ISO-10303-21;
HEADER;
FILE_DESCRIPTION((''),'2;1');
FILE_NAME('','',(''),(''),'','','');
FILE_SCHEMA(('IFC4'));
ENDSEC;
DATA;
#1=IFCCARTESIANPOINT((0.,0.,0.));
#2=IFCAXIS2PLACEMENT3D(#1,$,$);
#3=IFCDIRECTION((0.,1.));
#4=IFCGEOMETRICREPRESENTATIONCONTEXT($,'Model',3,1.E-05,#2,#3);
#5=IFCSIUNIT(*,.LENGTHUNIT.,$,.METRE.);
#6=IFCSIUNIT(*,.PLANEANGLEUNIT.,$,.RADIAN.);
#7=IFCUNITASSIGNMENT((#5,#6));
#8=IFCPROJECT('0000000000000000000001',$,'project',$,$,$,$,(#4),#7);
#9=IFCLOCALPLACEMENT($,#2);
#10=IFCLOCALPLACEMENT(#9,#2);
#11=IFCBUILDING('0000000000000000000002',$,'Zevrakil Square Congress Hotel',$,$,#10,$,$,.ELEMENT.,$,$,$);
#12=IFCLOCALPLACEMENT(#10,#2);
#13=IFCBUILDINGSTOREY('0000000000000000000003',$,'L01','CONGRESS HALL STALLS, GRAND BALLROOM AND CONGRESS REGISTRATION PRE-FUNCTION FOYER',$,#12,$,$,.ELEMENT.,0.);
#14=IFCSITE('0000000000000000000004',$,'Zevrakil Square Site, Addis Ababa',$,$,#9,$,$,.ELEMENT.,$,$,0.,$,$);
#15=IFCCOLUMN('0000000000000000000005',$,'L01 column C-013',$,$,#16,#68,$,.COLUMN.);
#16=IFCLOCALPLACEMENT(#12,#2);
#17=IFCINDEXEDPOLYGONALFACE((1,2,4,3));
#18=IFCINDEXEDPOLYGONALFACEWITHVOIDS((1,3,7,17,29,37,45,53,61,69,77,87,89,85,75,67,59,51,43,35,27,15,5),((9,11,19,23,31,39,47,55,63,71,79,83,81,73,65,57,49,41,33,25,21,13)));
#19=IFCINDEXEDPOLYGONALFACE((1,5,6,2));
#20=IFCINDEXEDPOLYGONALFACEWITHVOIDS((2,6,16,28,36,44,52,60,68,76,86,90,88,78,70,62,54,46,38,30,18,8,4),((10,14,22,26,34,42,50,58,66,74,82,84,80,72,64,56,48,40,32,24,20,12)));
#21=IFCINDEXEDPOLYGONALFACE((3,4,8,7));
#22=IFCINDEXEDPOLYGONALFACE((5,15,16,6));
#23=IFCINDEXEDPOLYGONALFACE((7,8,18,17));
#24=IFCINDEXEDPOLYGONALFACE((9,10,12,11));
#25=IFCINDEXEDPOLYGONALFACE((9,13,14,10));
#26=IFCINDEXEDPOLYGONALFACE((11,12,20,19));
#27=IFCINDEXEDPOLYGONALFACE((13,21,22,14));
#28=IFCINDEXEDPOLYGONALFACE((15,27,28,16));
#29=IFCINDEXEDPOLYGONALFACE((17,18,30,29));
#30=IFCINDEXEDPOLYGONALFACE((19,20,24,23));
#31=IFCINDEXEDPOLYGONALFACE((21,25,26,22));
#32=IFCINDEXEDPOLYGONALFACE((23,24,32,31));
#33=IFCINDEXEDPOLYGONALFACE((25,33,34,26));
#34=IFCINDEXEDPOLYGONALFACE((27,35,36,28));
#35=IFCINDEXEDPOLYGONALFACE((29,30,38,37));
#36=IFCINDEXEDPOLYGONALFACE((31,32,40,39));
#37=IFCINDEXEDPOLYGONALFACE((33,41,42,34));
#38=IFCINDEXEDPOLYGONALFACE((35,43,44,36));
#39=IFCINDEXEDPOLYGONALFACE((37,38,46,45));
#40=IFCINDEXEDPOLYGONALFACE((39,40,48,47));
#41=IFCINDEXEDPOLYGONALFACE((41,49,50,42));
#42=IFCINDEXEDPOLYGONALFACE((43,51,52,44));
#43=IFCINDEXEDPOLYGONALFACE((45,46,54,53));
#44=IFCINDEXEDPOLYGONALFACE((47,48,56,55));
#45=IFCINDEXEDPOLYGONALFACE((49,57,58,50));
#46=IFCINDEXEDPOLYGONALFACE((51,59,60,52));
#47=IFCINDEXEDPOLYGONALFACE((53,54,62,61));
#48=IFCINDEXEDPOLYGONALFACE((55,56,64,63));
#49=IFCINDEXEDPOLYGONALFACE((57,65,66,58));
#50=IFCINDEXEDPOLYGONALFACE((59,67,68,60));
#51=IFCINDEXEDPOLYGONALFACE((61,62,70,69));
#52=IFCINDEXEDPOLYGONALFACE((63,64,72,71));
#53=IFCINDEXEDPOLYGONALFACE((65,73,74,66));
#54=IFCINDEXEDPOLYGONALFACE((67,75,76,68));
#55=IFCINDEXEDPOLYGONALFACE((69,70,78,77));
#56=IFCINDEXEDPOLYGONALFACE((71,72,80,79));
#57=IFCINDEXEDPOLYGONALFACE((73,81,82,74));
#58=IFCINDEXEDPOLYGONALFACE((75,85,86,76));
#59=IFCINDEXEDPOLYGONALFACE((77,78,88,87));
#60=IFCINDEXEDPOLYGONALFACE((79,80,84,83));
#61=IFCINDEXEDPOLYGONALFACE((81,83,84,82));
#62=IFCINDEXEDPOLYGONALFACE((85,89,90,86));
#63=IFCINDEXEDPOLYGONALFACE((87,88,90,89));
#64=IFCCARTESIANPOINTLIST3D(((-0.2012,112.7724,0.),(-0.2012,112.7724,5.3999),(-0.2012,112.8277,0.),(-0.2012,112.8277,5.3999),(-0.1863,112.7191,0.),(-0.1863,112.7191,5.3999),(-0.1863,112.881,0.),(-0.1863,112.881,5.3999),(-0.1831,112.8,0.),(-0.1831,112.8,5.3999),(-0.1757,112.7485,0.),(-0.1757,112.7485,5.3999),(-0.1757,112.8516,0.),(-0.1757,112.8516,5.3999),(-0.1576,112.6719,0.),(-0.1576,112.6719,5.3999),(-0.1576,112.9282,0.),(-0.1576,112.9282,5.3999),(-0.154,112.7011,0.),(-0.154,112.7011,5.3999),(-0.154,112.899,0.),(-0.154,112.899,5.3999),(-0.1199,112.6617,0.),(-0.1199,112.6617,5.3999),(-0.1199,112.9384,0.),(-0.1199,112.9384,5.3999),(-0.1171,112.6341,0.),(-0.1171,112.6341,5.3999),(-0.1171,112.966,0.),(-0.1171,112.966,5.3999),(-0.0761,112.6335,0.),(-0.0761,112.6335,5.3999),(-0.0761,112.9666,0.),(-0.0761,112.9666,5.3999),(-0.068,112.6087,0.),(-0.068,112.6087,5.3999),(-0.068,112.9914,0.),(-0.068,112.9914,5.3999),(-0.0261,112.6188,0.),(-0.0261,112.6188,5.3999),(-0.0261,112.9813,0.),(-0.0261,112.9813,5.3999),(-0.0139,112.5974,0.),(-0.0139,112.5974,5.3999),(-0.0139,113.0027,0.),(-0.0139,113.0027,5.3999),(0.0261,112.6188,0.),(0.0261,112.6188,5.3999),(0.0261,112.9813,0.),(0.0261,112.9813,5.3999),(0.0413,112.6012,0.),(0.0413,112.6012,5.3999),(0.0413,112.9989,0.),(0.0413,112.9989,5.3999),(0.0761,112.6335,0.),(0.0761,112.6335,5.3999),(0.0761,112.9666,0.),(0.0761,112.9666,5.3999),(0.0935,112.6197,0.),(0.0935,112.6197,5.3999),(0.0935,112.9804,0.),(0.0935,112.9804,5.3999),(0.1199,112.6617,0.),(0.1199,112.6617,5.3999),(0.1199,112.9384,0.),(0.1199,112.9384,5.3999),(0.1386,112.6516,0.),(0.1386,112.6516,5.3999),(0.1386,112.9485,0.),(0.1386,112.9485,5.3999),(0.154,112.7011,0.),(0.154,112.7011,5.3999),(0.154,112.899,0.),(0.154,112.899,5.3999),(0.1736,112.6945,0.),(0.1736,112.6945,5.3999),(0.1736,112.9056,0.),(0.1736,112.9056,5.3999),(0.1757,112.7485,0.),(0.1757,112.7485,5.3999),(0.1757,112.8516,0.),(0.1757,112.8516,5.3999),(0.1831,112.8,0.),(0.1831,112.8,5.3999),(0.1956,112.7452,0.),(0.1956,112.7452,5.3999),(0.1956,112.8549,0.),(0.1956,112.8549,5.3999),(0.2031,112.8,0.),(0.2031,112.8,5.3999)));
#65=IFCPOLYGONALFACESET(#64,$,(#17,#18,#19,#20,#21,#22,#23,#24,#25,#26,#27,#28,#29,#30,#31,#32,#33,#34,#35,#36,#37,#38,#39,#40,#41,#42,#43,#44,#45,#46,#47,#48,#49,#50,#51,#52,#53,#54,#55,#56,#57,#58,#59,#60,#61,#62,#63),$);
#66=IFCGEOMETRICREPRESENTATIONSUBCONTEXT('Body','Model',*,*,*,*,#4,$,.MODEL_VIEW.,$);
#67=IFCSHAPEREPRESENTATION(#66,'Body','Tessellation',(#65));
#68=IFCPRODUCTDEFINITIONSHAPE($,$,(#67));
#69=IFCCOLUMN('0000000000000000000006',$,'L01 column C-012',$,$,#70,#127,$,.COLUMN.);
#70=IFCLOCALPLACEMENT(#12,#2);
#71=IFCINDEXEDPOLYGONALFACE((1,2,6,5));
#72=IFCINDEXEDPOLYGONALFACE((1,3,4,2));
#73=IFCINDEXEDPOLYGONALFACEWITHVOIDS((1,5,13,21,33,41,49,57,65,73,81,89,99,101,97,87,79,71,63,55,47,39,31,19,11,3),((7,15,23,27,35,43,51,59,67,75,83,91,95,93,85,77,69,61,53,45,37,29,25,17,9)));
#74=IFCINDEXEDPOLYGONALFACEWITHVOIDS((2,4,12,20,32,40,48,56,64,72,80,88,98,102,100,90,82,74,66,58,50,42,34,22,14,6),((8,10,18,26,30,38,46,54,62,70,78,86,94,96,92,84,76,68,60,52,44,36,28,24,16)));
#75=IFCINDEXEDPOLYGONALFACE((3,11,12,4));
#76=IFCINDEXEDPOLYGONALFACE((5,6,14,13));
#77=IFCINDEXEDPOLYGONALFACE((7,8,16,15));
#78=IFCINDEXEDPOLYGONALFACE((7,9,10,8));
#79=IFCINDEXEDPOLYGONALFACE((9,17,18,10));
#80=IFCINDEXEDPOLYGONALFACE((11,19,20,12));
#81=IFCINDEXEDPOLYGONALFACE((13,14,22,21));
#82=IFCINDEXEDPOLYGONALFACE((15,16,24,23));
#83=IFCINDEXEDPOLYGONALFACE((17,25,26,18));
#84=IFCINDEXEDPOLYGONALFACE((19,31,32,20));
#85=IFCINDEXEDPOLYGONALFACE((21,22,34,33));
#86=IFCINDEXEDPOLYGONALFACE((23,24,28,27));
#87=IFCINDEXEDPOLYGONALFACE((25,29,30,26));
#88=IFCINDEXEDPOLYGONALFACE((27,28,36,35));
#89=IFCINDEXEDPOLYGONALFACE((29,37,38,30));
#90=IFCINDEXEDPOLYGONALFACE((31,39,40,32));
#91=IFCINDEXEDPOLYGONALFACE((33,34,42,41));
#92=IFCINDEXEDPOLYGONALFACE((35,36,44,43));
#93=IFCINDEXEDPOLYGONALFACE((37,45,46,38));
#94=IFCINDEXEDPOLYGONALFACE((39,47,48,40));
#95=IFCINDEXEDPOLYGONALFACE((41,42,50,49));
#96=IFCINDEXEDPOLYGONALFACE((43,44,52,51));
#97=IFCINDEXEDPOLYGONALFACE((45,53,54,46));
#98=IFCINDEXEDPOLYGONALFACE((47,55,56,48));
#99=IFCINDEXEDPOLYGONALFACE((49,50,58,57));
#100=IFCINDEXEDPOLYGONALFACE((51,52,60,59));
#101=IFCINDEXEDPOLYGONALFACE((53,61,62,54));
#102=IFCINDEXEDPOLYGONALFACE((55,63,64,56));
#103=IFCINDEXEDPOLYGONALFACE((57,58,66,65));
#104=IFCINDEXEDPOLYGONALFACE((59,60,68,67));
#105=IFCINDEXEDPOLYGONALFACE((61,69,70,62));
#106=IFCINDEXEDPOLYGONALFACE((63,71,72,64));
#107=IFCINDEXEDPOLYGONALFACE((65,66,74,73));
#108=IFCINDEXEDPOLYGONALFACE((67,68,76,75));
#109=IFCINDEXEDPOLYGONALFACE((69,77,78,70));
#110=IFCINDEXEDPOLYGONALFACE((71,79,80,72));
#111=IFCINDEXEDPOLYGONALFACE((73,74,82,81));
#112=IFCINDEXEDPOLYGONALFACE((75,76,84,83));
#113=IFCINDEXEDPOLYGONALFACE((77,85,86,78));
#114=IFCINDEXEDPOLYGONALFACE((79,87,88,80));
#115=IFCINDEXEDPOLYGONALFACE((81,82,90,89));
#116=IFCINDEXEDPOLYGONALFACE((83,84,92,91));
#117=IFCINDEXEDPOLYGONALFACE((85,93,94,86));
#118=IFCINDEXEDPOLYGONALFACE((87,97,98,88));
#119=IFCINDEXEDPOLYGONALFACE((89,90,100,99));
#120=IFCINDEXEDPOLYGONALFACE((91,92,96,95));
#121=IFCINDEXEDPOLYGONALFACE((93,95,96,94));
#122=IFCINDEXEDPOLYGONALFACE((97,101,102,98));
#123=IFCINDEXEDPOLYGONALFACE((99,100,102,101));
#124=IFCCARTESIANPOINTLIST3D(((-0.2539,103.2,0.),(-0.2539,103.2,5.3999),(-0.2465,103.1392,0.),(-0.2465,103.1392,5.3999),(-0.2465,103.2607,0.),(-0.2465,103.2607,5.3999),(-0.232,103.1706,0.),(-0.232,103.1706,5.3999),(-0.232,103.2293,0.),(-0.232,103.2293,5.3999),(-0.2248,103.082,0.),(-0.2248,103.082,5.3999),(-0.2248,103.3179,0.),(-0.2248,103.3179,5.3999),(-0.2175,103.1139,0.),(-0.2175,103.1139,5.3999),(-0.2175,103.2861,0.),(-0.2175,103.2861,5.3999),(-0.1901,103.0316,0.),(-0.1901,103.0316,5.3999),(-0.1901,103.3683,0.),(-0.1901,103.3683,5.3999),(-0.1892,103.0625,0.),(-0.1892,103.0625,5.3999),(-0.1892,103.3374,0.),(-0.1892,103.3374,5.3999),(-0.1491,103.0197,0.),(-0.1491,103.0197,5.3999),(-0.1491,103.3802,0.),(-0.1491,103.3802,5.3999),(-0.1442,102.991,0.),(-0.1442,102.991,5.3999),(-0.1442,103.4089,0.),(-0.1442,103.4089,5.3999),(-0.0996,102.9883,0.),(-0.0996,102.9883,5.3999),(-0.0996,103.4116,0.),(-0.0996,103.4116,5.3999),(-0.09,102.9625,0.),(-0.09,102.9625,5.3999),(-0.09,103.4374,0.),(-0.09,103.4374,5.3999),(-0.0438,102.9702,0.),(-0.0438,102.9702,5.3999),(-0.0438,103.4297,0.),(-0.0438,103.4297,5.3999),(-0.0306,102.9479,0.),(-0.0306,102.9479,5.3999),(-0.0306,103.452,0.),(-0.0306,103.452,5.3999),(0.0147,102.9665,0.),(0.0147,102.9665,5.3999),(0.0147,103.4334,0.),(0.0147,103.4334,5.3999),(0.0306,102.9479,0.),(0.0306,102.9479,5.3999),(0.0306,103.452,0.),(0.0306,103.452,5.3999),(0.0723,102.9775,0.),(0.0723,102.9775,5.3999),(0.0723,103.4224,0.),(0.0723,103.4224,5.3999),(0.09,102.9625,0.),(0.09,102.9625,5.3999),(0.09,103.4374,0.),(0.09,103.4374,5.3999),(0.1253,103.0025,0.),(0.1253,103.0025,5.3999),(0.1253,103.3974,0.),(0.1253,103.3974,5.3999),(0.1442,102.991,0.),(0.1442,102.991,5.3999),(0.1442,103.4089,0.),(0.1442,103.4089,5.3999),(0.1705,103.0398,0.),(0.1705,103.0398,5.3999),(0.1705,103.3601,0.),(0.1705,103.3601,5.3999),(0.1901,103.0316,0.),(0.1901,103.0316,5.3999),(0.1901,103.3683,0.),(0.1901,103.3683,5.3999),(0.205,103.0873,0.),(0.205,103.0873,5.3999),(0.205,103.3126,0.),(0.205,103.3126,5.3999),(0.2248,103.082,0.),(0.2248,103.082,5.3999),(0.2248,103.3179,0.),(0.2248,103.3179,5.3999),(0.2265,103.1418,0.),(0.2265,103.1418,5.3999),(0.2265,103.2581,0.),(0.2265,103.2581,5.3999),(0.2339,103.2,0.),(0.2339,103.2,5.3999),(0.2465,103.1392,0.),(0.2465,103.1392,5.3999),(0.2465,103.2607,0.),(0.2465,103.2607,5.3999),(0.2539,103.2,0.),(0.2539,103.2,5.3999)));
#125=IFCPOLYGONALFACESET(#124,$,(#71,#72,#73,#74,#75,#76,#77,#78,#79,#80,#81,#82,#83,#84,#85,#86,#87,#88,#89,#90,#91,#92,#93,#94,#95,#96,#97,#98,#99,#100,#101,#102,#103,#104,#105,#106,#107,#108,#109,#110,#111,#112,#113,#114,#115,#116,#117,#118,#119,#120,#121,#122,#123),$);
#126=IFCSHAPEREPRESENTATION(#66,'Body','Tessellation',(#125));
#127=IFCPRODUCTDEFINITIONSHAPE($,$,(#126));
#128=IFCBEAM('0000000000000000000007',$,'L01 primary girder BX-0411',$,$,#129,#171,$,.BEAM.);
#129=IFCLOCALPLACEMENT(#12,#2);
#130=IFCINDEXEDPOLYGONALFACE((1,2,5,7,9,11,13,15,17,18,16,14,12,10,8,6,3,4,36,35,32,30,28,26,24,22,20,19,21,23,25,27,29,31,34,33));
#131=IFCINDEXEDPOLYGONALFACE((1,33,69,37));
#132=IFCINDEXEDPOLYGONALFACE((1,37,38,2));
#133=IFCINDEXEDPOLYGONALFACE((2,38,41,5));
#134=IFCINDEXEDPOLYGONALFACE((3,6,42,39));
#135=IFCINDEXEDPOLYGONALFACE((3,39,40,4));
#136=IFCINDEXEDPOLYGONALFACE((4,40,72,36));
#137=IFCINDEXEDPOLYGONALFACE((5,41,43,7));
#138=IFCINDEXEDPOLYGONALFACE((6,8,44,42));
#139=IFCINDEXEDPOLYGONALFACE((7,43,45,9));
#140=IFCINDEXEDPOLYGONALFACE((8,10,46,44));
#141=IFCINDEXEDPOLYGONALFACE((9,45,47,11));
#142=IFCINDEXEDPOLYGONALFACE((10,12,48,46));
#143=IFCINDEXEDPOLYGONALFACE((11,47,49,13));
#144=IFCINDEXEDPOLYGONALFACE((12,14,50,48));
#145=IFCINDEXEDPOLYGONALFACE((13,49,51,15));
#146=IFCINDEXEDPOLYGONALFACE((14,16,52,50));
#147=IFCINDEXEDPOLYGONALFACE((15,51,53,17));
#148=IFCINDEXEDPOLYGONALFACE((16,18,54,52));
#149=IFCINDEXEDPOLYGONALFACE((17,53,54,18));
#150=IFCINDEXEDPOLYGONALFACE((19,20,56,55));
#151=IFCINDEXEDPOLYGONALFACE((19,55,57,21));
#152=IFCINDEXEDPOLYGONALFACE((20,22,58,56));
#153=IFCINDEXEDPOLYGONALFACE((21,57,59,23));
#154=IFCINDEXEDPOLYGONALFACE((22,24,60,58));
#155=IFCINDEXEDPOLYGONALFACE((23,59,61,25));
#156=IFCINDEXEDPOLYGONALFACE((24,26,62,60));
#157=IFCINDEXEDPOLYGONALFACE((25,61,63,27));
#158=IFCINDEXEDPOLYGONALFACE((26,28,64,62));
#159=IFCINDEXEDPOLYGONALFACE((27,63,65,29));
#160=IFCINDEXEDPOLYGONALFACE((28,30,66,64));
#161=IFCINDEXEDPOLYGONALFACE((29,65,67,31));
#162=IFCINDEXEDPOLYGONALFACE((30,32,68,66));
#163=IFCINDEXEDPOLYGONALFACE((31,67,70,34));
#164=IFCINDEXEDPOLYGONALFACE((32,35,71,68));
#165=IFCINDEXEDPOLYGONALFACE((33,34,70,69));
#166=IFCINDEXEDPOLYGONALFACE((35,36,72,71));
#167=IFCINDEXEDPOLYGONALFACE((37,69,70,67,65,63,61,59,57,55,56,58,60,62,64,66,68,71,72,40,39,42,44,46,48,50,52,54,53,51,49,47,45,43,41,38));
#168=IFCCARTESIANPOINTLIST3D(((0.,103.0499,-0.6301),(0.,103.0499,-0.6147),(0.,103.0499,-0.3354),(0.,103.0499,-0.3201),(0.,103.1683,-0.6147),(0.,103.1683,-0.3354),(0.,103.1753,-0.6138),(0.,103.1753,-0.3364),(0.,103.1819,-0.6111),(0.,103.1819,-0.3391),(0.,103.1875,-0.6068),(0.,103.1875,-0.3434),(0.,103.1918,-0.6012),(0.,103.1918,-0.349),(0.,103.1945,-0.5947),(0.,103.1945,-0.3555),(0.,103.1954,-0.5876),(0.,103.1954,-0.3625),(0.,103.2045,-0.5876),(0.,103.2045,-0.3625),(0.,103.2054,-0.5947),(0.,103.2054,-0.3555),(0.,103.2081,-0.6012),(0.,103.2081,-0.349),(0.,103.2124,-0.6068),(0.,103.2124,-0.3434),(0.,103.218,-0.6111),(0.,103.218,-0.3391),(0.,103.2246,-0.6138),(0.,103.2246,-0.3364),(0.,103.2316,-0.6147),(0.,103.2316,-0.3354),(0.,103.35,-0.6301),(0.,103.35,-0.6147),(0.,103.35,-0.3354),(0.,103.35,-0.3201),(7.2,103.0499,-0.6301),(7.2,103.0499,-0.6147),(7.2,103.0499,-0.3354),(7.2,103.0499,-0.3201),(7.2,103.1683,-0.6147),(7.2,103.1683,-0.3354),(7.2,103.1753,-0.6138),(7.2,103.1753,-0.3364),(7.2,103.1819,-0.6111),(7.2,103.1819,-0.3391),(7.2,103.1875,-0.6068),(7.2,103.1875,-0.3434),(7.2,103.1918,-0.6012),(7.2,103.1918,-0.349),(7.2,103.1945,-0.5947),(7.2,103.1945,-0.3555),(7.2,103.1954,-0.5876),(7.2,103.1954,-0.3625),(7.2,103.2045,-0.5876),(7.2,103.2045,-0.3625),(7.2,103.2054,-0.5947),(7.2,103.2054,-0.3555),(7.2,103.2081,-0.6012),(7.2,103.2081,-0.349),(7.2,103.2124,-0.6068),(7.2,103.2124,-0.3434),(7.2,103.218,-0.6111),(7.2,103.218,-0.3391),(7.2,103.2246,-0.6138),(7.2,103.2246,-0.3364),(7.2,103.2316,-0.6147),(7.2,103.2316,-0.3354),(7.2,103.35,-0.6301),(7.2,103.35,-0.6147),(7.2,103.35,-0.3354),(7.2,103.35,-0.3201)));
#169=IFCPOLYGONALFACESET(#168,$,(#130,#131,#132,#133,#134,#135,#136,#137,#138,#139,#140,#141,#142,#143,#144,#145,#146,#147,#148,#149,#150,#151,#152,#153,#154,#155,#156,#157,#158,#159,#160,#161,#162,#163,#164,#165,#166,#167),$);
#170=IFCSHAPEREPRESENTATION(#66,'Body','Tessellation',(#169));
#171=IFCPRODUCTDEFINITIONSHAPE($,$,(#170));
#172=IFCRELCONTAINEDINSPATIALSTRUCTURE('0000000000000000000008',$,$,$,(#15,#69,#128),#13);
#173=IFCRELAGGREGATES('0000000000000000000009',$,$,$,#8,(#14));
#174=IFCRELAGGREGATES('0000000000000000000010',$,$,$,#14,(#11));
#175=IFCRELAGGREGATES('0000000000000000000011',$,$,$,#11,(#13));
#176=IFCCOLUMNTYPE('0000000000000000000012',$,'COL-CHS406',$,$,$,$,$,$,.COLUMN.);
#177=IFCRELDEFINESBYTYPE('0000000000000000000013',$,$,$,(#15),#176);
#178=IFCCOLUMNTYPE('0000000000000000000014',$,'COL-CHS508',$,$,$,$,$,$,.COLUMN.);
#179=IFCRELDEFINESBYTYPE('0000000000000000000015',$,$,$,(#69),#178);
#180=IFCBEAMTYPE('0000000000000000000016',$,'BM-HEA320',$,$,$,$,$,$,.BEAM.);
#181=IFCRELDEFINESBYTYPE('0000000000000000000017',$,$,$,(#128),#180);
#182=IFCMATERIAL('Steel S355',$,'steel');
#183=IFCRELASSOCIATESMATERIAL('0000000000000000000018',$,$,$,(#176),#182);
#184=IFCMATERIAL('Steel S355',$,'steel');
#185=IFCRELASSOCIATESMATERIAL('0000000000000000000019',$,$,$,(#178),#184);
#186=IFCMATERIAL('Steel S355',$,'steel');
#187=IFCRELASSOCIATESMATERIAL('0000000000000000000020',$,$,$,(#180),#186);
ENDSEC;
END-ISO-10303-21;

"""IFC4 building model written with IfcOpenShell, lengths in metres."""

from ifc_helpers import new_model, si_unit, direction, frame, origin, origin_2d, place, context, subcontext, project, spatial, hollow_circle, i_section, extrude, material, material_profile, profile_set, type_object, element, save


model = new_model("IFC4")

# Units and contexts
model_context = context("Model", 3, precision=1e-05, world=origin(), true_north=direction((0.0, 1.0)))
body_context = subcontext(model_context, "Body", "Model", "MODEL_VIEW")
ifc_project = project(units=[si_unit("LENGTHUNIT", "METRE"), si_unit("PLANEANGLEUNIT", "RADIAN")], contexts=[model_context])

# Site, building, storey
site_placement = place(None, origin())
site = spatial("IfcSite", under=ifc_project, at=site_placement, Name="Zevrakil Square Site, Addis Ababa", CompositionType="ELEMENT", RefElevation=0.0)
building_placement = place(site_placement, origin())
building = spatial("IfcBuilding", under=site, at=building_placement, Name="Zevrakil Square Congress Hotel", CompositionType="ELEMENT")
storey_placement = place(building_placement, origin())
storey = spatial("IfcBuildingStorey", under=building, at=storey_placement, Name="L01", Description="CONGRESS HALL STALLS, GRAND BALLROOM AND CONGRESS REGISTRATION PRE-FUNCTION FOYER", CompositionType="ELEMENT", Elevation=0.0)

# Columns
ifc_material_1 = material(Name="Steel S355", Category="steel")
ifc_material_profile_1 = material_profile(ifc_material_1, hollow_circle(Radius=0.2031, WallThickness=0.02, at=origin_2d()), Name="CHS 406.4x20")
ifc_profile_set_1 = profile_set([ifc_material_profile_1], Name="Steel S355")
column_type_1 = type_object("IfcColumnType", Name="COL-CHS406", PredefinedType="COLUMN", material=ifc_profile_set_1)
column_1_placement = place(storey_placement, frame((0.0, 112.8, 0.0), z_axis=(0.0, 0.0, 1.0), x_axis=(1.0, 0.0, 0.0)))
element("IfcColumn", 1, at=column_1_placement, inside=storey, type_object=column_type_1, Name="L01 column C-013", PredefinedType="COLUMN", context=body_context, shape_type="SweptSolid", body=[
    extrude(hollow_circle(Radius=0.2031, WallThickness=0.02, at=origin_2d()), origin(), (0.0, 0.0, 1.0), 5.3999),
])
ifc_material_2 = material(Name="Steel S355", Category="steel")
ifc_material_profile_2 = material_profile(ifc_material_2, hollow_circle(Radius=0.2539, WallThickness=0.02, at=origin_2d()), Name="CHS 508x20")
ifc_profile_set_2 = profile_set([ifc_material_profile_2], Name="Steel S355")
column_type_2 = type_object("IfcColumnType", Name="COL-CHS508", PredefinedType="COLUMN", material=ifc_profile_set_2)
column_2_placement = place(storey_placement, frame((0.0, 103.2, 0.0), z_axis=(0.0, 0.0, 1.0), x_axis=(1.0, 0.0, 0.0)))
element("IfcColumn", 2, at=column_2_placement, inside=storey, type_object=column_type_2, Name="L01 column C-012", PredefinedType="COLUMN", context=body_context, shape_type="SweptSolid", body=[
    extrude(hollow_circle(Radius=0.2539, WallThickness=0.02, at=origin_2d()), origin(), (0.0, 0.0, 1.0), 5.3999),
])

# Beam
ifc_material_3 = material(Name="Steel S355", Category="steel")
ifc_material_profile_3 = material_profile(ifc_material_3, i_section(OverallWidth=0.3, OverallDepth=0.3101, WebThickness=0.009, FlangeThickness=0.0154, FilletRadius=0.0271, at=origin_2d()), Name="HEA 320")
ifc_profile_set_3 = profile_set([ifc_material_profile_3], Name="Steel S355")
beam_type_1 = type_object("IfcBeamType", Name="BM-HEA320", PredefinedType="BEAM", material=ifc_profile_set_3)
for number, where, z_axis, x_axis, name in (
    (3, (0.0, 103.2, -0.4751), (1.0, 0.0, 0.0), (0.0, 1.0, 0.0), "L01 primary girder BX-0411"),
):
    element("IfcBeam", number, at=place(storey_placement, frame(where, z_axis=z_axis, x_axis=x_axis)), inside=storey, type_object=beam_type_1, Name=name, PredefinedType="BEAM", context=body_context, shape_type="SweptSolid", body=[
        extrude(i_section(OverallWidth=0.3, OverallDepth=0.3101, WebThickness=0.009, FlangeThickness=0.0154, FilletRadius=0.0271, at=origin_2d()), origin(), (0.0, 0.0, 1.0), 7.2),
    ])

save(model, "model.ifc")
